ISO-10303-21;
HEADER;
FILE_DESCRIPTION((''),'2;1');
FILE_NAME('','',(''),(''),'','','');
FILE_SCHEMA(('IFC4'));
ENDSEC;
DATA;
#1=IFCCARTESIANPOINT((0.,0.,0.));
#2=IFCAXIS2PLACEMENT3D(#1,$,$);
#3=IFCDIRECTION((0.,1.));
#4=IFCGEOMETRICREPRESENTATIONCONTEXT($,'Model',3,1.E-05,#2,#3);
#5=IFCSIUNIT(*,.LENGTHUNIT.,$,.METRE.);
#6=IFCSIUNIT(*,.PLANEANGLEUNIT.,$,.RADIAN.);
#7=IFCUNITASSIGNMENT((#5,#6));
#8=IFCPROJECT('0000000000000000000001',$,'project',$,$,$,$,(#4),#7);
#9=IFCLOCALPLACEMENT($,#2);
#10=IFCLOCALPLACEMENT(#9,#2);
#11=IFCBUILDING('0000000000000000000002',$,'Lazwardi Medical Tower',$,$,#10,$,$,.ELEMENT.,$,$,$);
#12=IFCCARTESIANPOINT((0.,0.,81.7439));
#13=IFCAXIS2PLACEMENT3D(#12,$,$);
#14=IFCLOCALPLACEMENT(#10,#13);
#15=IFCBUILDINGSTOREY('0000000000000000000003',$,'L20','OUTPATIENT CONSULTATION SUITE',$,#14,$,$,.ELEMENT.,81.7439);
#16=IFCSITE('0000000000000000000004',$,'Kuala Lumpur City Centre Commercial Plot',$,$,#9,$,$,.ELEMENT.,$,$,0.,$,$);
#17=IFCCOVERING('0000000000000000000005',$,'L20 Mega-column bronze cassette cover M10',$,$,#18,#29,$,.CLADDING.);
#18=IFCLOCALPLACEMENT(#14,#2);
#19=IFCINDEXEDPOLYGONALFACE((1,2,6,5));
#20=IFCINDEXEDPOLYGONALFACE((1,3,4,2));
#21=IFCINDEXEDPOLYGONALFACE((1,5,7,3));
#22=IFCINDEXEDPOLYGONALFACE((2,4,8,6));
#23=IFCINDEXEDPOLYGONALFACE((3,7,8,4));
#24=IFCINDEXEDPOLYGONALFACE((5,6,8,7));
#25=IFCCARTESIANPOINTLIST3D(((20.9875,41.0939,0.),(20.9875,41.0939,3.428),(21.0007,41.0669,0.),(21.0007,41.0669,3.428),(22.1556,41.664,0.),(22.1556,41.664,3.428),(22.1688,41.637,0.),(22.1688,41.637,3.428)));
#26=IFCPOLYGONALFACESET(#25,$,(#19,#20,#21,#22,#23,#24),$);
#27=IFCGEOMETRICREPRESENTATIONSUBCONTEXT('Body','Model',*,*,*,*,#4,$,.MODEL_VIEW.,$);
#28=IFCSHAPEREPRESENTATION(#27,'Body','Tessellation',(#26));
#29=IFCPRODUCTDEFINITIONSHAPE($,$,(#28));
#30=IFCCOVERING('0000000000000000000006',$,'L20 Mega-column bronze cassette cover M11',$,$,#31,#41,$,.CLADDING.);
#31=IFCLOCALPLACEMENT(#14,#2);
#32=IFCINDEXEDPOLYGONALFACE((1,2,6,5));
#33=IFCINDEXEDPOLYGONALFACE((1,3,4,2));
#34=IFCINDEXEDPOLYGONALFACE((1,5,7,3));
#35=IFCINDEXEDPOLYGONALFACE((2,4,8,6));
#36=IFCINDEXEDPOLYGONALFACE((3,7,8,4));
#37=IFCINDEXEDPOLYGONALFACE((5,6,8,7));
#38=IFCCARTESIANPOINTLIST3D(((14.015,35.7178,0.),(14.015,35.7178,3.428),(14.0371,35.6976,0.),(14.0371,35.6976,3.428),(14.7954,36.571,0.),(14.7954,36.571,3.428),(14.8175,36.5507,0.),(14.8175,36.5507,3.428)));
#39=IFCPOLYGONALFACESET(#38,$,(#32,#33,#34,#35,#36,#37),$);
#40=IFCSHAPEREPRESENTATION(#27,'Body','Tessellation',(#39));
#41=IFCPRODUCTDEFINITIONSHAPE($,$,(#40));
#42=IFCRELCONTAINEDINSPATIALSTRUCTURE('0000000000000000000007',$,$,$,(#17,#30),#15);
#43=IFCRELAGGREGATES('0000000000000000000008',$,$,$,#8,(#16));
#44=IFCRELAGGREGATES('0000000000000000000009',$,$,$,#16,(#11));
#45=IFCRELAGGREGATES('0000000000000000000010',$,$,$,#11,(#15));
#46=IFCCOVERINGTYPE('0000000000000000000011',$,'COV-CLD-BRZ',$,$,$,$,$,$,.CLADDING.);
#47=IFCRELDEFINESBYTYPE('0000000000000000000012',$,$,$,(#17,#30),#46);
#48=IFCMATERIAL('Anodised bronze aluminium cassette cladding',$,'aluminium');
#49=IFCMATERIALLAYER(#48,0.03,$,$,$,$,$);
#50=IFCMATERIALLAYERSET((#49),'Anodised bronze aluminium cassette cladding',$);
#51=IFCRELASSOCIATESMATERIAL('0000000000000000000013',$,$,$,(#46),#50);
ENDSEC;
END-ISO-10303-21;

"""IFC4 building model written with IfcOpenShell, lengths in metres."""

from ifc_helpers import new_model, si_unit, direction, frame, origin, origin_2d, place, context, subcontext, project, spatial, rectangle, extrude, material, layer, layer_set, type_object, element, save


model = new_model("IFC4")

# Units and contexts
model_context = context("Model", 3, precision=1e-05, world=origin(), true_north=direction((0.0, 1.0)))
body_context = subcontext(model_context, "Body", "Model", "MODEL_VIEW")
ifc_project = project(units=[si_unit("LENGTHUNIT", "METRE"), si_unit("PLANEANGLEUNIT", "RADIAN")], contexts=[model_context])

# Site, building, storey
site_placement = place(None, origin())
site = spatial("IfcSite", under=ifc_project, at=site_placement, Name="Kuala Lumpur City Centre Commercial Plot", CompositionType="ELEMENT", RefElevation=0.0)
building_placement = place(site_placement, origin())
building = spatial("IfcBuilding", under=site, at=building_placement, Name="Lazwardi Medical Tower", CompositionType="ELEMENT")
storey_placement = place(building_placement, frame((0.0, 0.0, 81.7439)))
storey = spatial("IfcBuildingStorey", under=building, at=storey_placement, Name="L20", Description="OUTPATIENT CONSULTATION SUITE", CompositionType="ELEMENT", Elevation=81.7439)

# Coverings
ifc_material_1 = material(Name="Anodised bronze aluminium cassette cladding", Category="aluminium")
ifc_layer_1 = layer(ifc_material_1, 0.03)
ifc_layer_set_1 = layer_set([ifc_layer_1], Name="Anodised bronze aluminium cassette cladding")
covering_type = type_object("IfcCoveringType", Name="COV-CLD-BRZ", PredefinedType="CLADDING", material=ifc_layer_set_1)
covering_1_placement = place(storey_placement, frame((21.5781, 41.3655, 0.0), z_axis=(0.0, 0.0, 1.0), x_axis=(-0.898679, -0.438606, 0.0)))
element("IfcCovering", 1, at=covering_1_placement, inside=storey, type_object=covering_type, Name="L20 Mega-column bronze cassette cover M10", PredefinedType="CLADDING", context=body_context, shape_type="SweptSolid", body=[
    extrude(rectangle(XDim=1.2998, YDim=0.03, at=origin_2d()), origin(), (0.0, 0.0, 1.0), 3.428),
])
covering_2_placement = place(storey_placement, frame((14.4163, 36.1343, 0.0), z_axis=(0.0, 0.0, 1.0), x_axis=(-0.674926, -0.737885, 0.0)))
element("IfcCovering", 2, at=covering_2_placement, inside=storey, type_object=covering_type, Name="L20 Mega-column bronze cassette cover M11", PredefinedType="CLADDING", context=body_context, shape_type="SweptSolid", body=[
    extrude(rectangle(XDim=1.1562, YDim=0.03, at=origin_2d()), origin(), (0.0, 0.0, 1.0), 3.428),
])

save(model, "model.ifc")
